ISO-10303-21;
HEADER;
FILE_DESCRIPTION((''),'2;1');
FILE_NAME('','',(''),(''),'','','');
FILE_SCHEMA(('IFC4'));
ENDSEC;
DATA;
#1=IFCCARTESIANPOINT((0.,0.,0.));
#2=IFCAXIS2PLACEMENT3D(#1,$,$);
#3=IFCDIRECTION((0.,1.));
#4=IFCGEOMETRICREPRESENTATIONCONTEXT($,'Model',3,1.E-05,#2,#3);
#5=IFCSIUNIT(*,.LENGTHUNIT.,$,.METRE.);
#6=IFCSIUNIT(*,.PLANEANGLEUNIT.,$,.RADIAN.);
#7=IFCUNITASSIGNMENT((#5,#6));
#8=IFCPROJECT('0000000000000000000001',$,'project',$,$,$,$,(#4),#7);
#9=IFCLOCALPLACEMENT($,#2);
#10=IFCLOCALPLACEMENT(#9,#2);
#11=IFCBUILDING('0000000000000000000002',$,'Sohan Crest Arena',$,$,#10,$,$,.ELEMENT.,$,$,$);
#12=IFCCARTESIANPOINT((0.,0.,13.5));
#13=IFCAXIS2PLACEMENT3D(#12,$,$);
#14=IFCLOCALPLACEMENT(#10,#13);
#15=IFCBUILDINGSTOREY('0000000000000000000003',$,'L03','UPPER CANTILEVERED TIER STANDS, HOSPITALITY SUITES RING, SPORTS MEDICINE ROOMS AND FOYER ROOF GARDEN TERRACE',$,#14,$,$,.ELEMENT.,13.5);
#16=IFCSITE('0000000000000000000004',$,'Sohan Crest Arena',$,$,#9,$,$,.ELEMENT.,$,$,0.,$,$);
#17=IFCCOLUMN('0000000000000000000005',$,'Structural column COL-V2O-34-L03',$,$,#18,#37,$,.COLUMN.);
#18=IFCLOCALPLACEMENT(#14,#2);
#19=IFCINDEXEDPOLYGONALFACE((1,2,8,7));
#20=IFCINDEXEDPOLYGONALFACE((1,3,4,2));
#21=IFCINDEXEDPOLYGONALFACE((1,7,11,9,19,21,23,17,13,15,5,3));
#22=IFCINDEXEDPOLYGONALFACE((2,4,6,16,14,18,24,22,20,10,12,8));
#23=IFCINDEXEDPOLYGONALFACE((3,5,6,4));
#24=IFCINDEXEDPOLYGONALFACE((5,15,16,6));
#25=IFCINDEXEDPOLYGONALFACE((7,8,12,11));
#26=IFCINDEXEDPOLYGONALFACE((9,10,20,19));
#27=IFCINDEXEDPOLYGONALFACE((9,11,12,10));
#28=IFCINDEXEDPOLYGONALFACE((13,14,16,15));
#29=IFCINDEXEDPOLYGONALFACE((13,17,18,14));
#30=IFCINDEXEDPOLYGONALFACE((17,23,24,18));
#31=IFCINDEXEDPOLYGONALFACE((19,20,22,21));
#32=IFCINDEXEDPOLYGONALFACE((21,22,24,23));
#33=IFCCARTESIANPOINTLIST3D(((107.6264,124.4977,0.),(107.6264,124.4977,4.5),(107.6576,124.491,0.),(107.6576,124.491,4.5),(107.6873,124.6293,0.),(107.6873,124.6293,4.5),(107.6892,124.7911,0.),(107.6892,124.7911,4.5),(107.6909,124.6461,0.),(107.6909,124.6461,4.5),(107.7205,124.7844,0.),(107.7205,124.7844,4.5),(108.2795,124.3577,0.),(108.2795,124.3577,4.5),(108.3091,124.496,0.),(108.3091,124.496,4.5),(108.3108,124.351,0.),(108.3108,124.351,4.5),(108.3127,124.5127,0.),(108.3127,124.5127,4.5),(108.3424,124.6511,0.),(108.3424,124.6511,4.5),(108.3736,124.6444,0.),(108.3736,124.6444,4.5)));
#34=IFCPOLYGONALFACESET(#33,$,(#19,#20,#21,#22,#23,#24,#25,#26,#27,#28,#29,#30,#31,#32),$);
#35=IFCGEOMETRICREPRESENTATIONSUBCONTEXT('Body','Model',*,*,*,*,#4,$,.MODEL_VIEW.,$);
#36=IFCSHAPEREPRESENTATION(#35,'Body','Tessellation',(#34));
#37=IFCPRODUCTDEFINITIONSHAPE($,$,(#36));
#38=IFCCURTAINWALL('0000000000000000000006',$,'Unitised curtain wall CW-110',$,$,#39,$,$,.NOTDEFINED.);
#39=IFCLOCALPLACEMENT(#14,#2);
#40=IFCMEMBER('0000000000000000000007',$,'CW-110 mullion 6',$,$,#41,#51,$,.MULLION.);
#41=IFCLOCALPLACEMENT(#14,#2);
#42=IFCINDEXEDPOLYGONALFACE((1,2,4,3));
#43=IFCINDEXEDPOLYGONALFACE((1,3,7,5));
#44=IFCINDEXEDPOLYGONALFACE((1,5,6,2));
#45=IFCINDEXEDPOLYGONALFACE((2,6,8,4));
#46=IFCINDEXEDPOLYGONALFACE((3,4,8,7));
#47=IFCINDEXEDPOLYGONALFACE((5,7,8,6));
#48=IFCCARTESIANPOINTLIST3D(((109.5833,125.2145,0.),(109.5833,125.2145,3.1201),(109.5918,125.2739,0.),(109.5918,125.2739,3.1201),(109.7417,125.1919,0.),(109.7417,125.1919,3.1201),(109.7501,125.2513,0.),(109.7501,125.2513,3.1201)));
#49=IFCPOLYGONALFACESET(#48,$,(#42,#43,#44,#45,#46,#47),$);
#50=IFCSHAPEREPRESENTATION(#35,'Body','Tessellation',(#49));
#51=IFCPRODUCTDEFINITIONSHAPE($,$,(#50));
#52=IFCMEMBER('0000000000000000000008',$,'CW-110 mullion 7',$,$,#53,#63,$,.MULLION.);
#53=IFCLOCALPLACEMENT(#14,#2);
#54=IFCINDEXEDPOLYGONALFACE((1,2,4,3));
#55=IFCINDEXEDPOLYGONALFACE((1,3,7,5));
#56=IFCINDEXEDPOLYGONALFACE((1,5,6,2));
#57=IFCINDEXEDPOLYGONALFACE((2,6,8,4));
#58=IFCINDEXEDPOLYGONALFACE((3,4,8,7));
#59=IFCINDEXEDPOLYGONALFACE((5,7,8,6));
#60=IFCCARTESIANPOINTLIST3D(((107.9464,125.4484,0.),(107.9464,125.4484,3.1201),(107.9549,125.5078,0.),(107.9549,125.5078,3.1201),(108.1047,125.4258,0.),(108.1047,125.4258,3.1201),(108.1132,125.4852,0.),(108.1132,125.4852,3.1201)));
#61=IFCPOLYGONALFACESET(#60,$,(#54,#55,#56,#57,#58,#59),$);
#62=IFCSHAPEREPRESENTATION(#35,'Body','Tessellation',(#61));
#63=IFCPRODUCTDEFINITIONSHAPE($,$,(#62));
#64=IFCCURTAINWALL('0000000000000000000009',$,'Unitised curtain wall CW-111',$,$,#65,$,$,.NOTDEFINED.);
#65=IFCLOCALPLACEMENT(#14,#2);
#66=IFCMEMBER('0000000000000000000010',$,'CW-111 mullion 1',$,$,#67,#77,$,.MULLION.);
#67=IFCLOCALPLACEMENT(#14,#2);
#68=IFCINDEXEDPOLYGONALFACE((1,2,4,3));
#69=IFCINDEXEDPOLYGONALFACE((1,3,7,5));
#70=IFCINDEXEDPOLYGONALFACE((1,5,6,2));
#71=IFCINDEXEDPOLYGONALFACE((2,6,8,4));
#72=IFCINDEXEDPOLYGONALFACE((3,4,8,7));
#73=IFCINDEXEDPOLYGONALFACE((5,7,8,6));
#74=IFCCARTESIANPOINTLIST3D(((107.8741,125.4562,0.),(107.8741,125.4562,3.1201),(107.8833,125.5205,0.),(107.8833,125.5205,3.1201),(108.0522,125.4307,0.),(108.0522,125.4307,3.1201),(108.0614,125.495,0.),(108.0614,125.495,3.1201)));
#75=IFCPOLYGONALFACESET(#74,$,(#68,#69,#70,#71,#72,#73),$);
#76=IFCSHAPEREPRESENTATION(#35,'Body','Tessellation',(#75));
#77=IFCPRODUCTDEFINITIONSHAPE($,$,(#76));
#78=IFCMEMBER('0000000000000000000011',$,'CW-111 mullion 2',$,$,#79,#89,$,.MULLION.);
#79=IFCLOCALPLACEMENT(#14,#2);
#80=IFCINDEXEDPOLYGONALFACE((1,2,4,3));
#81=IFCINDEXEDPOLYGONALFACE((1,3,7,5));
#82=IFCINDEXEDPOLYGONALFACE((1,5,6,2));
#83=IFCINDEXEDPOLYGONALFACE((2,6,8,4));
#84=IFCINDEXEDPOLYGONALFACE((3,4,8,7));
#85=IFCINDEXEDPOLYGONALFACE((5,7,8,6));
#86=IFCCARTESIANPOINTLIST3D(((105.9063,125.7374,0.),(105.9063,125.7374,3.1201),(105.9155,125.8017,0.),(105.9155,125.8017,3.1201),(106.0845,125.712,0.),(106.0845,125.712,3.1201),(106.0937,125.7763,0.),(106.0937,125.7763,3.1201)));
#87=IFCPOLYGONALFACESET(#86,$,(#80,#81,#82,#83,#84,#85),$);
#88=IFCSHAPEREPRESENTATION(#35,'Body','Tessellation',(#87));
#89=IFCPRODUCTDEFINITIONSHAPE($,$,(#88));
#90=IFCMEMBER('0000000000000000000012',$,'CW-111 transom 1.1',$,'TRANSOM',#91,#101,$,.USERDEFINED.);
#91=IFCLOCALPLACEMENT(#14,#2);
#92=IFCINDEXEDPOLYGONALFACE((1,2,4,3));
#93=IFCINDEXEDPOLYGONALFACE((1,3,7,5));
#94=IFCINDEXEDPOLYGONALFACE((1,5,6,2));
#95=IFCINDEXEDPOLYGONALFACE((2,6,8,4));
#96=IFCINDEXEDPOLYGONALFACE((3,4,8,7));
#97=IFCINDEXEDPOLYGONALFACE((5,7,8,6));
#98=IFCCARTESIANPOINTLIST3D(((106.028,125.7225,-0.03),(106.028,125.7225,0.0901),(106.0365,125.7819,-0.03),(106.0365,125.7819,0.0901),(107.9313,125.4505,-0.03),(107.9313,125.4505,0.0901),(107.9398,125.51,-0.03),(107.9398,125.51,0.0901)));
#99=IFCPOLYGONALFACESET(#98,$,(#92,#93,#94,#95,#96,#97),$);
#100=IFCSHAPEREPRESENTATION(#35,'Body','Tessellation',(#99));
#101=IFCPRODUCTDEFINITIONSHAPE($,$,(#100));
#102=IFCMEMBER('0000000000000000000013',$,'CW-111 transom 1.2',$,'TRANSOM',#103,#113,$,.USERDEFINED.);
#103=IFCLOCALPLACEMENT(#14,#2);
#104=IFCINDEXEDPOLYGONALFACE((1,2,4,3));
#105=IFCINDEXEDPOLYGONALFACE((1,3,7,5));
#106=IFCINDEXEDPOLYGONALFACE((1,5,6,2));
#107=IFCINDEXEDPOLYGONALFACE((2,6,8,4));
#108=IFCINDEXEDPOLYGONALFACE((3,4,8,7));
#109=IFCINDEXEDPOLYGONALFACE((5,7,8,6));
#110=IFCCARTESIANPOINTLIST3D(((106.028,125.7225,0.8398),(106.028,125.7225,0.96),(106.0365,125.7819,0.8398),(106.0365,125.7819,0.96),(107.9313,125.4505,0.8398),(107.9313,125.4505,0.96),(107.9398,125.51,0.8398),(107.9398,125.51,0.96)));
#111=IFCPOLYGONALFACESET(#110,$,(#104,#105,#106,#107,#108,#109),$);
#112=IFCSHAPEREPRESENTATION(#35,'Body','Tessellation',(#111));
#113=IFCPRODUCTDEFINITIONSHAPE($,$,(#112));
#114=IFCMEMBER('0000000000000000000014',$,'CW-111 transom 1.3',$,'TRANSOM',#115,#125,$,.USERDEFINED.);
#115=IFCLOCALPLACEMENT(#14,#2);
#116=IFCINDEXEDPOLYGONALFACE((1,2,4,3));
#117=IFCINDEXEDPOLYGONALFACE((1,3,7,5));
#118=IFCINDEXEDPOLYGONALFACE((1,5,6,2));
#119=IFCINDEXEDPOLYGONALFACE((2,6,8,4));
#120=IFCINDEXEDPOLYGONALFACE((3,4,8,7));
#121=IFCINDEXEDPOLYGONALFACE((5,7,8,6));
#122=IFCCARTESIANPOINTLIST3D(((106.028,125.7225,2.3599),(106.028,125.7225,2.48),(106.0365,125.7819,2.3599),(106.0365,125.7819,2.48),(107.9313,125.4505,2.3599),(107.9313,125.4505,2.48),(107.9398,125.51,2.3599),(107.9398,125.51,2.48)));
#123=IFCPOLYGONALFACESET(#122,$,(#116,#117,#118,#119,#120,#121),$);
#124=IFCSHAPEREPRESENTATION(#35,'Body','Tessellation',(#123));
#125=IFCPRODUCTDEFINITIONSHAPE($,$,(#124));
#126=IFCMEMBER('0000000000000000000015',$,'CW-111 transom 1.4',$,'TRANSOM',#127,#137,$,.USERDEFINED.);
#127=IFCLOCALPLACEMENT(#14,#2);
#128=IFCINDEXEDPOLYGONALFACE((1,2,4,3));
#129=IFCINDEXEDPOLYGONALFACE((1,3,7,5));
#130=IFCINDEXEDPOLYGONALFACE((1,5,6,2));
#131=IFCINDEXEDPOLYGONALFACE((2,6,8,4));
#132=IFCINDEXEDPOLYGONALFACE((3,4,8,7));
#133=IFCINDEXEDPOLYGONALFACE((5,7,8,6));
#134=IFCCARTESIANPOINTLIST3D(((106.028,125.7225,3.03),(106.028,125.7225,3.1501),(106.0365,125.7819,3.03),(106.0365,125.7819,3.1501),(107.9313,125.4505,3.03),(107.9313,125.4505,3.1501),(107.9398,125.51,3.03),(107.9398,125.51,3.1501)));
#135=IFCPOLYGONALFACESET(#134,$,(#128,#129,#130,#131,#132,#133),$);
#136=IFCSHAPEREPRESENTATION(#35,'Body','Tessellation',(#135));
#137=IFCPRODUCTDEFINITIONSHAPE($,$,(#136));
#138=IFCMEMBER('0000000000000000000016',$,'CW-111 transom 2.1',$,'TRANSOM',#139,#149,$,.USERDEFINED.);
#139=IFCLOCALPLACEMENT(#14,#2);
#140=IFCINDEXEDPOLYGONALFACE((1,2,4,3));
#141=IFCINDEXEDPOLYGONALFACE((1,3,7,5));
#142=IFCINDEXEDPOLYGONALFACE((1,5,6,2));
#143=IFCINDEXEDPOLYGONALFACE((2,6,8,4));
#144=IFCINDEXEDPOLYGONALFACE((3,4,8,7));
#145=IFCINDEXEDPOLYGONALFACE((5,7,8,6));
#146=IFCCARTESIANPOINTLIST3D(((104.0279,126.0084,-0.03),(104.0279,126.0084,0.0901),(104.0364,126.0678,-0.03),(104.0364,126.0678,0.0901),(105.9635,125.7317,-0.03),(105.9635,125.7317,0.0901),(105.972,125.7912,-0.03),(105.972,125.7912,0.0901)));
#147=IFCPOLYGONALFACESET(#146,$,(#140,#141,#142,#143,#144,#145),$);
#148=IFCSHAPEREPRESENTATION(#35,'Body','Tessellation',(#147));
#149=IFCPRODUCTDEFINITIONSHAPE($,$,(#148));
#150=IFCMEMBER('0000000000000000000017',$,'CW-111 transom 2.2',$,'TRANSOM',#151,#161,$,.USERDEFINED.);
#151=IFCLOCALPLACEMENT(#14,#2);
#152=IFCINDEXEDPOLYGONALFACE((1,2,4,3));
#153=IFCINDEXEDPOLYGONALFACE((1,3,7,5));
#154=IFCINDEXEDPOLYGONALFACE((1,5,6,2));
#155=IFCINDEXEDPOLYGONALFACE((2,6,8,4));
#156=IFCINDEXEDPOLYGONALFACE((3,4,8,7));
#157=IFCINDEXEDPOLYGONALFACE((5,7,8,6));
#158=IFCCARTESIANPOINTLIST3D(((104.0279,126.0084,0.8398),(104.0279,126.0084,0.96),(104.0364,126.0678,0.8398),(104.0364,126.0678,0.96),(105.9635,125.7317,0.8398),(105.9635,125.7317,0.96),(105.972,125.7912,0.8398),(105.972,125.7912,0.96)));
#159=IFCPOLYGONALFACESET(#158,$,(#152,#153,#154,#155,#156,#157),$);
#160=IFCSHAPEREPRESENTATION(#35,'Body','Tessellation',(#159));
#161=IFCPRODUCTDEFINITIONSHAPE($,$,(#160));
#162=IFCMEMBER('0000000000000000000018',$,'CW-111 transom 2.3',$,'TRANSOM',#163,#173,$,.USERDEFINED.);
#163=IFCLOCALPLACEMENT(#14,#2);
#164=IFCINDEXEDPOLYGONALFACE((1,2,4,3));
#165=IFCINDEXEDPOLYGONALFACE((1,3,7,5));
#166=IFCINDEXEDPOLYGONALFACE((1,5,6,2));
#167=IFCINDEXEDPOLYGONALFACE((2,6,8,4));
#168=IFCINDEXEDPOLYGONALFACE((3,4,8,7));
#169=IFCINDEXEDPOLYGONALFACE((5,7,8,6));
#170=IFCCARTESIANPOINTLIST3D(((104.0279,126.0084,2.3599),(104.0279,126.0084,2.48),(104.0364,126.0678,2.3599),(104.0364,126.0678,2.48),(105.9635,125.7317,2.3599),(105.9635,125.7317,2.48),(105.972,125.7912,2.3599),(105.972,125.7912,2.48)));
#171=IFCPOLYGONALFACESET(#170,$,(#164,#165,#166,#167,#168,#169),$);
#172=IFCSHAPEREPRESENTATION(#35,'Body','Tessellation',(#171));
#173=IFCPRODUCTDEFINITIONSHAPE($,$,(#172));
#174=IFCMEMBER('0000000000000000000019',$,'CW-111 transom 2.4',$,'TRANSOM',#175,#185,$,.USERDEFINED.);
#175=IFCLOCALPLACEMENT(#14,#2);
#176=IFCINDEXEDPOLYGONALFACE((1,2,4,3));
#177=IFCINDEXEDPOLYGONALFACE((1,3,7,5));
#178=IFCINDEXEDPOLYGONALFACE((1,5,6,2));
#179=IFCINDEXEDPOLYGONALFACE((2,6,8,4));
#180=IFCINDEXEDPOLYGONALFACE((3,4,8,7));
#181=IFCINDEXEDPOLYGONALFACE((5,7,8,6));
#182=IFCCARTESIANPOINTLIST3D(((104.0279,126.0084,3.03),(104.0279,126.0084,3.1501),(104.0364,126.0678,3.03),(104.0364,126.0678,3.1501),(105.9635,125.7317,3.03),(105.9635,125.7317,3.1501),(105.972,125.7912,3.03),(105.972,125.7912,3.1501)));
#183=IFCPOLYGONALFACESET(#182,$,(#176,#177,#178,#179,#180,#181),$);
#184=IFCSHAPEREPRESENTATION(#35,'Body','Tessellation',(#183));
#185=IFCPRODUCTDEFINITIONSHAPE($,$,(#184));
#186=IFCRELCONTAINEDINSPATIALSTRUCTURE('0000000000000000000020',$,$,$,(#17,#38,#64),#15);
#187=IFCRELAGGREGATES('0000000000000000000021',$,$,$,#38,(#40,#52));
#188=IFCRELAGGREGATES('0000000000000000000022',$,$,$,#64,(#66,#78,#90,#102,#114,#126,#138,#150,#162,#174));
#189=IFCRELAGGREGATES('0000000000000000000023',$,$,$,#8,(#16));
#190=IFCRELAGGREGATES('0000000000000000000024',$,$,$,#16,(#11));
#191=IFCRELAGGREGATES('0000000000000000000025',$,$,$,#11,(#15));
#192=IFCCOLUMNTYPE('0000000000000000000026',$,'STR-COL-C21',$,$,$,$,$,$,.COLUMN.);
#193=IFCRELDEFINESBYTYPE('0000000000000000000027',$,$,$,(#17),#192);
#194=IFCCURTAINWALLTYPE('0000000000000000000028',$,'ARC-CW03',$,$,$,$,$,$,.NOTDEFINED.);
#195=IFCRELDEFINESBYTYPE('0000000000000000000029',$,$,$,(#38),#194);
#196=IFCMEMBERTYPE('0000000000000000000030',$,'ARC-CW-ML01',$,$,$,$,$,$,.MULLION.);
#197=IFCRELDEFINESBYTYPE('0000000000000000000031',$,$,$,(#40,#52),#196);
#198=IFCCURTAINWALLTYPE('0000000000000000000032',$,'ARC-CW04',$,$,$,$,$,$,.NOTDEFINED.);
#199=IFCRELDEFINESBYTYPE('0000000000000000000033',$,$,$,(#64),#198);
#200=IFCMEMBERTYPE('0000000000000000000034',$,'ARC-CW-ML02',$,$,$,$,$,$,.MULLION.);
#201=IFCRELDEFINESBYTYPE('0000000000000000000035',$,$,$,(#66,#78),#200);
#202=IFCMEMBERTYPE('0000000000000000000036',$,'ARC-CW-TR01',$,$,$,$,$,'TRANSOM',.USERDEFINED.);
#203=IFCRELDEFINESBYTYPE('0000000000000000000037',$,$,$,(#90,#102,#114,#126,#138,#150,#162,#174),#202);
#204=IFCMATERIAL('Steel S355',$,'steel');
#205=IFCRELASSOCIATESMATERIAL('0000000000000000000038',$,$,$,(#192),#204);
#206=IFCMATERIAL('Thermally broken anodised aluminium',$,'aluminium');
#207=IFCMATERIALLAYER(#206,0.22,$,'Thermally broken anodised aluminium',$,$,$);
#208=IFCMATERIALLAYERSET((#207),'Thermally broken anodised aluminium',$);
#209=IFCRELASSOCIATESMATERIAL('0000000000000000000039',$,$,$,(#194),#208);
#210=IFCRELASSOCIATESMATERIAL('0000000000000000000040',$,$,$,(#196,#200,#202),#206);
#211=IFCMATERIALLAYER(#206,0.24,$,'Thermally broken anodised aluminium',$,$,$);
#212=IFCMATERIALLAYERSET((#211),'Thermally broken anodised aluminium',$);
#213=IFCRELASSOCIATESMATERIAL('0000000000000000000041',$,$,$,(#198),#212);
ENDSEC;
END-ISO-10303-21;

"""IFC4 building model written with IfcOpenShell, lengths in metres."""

from ifc_helpers import new_model, si_unit, direction, frame, origin, origin_2d, place, context, subcontext, project, spatial, rectangle, i_section, extrude, material, layer, layer_set, material_profile, profile_set, type_object, element, aggregate, save


model = new_model("IFC4")

# Units and contexts
model_context = context("Model", 3, precision=1e-05, world=origin(), true_north=direction((0.0, 1.0)))
body_context = subcontext(model_context, "Body", "Model", "MODEL_VIEW")
ifc_project = project(units=[si_unit("LENGTHUNIT", "METRE"), si_unit("PLANEANGLEUNIT", "RADIAN")], contexts=[model_context])

# Site, building, storey
site_placement = place(None, origin())
site = spatial("IfcSite", under=ifc_project, at=site_placement, Name="Sohan Crest Arena", CompositionType="ELEMENT", RefElevation=0.0)
building_placement = place(site_placement, origin())
building = spatial("IfcBuilding", under=site, at=building_placement, Name="Sohan Crest Arena", CompositionType="ELEMENT")
storey_placement = place(building_placement, frame((0.0, 0.0, 13.5)))
storey = spatial("IfcBuildingStorey", under=building, at=storey_placement, Name="L03", Description="UPPER CANTILEVERED TIER STANDS, HOSPITALITY SUITES RING, SPORTS MEDICINE ROOMS AND FOYER ROOF GARDEN TERRACE", CompositionType="ELEMENT", Elevation=13.5)

# Column
ifc_material_1 = material(Name="Steel S355", Category="steel")
ifc_material_profile_1 = material_profile(ifc_material_1, i_section(OverallWidth=0.3, OverallDepth=0.7, WebThickness=0.0171, FlangeThickness=0.032, at=origin_2d()), Name="HEB 700")
ifc_profile_set_1 = profile_set([ifc_material_profile_1], Name="Steel S355")
column_type = type_object("IfcColumnType", Name="STR-COL-C21", PredefinedType="COLUMN", material=ifc_profile_set_1)
column_placement = place(storey_placement, frame((108.0, 124.571, 0.0), z_axis=(0.0, 0.0, 1.0), x_axis=(0.209619, 0.977783, 0.0)))
element("IfcColumn", 1, at=column_placement, inside=storey, type_object=column_type, Name="Structural column COL-V2O-34-L03", PredefinedType="COLUMN", context=body_context, shape_type="SweptSolid", body=[
    extrude(i_section(OverallWidth=0.3, OverallDepth=0.7, WebThickness=0.0171, FlangeThickness=0.032, at=origin_2d()), origin(), (0.0, 0.0, 1.0), 4.5),
])

# Curtain walls, members
ifc_material_2 = material(Name="Thermally broken anodised aluminium", Category="aluminium")
ifc_layer_1 = layer(ifc_material_2, 0.22, Name="Thermally broken anodised aluminium")
ifc_layer_set_1 = layer_set([ifc_layer_1], Name="Thermally broken anodised aluminium")
curtain_wall_type_1 = type_object("IfcCurtainWallType", Name="ARC-CW03", PredefinedType="NOTDEFINED", material=ifc_layer_set_1)
curtain_wall_1_placement = place(storey_placement, origin())
curtain_wall_1 = element("IfcCurtainWall", 2, at=curtain_wall_1_placement, inside=storey, type_object=curtain_wall_type_1, Name="Unitised curtain wall CW-110", PredefinedType="NOTDEFINED")
ifc_material_profile_2 = material_profile(ifc_material_2, rectangle(XDim=0.0601, YDim=0.1599, at=origin_2d()), Name="ALU-MULL 60x160")
ifc_profile_set_2 = profile_set([ifc_material_profile_2], Name="Thermally broken anodised aluminium")
member_type_1 = type_object("IfcMemberType", Name="ARC-CW-ML01", PredefinedType="MULLION", material=ifc_profile_set_2)
member_1_placement = place(storey_placement, frame((109.6667, 125.2329, 0.0), z_axis=(0.0, 0.0, 1.0), x_axis=(-0.141366, -0.989957, 0.0)))
member_1 = element("IfcMember", 3, at=member_1_placement, type_object=member_type_1, Name="CW-110 mullion 6", PredefinedType="MULLION", context=body_context, shape_type="SweptSolid", body=[
    extrude(rectangle(XDim=0.0601, YDim=0.1599, at=origin_2d()), origin(), (0.0, 0.0, 1.0), 3.1201),
])
member_2_placement = place(storey_placement, frame((108.0298, 125.4668, 0.0), z_axis=(0.0, 0.0, 1.0), x_axis=(-0.141366, -0.989957, 0.0)))
member_2 = element("IfcMember", 4, at=member_2_placement, type_object=member_type_1, Name="CW-110 mullion 7", PredefinedType="MULLION", context=body_context, shape_type="SweptSolid", body=[
    extrude(rectangle(XDim=0.0601, YDim=0.1599, at=origin_2d()), origin(), (0.0, 0.0, 1.0), 3.1201),
])
ifc_layer_2 = layer(ifc_material_2, 0.24, Name="Thermally broken anodised aluminium")
ifc_layer_set_2 = layer_set([ifc_layer_2], Name="Thermally broken anodised aluminium")
curtain_wall_type_2 = type_object("IfcCurtainWallType", Name="ARC-CW04", PredefinedType="NOTDEFINED", material=ifc_layer_set_2)
curtain_wall_2_placement = place(storey_placement, origin())
curtain_wall_2 = element("IfcCurtainWall", 5, at=curtain_wall_2_placement, inside=storey, type_object=curtain_wall_type_2, Name="Unitised curtain wall CW-111", PredefinedType="NOTDEFINED")
ifc_material_profile_3 = material_profile(ifc_material_2, rectangle(XDim=0.0649, YDim=0.1799, at=origin_2d()), Name="ALU-MULL 65x180")
ifc_profile_set_3 = profile_set([ifc_material_profile_3], Name="Thermally broken anodised aluminium")
member_type_2 = type_object("IfcMemberType", Name="ARC-CW-ML02", PredefinedType="MULLION", material=ifc_profile_set_3)
member_3_placement = place(storey_placement, frame((107.9678, 125.4756, 0.0), z_axis=(0.0, 0.0, 1.0), x_axis=(-0.141463, -0.989944, 0.0)))
member_3 = element("IfcMember", 6, at=member_3_placement, type_object=member_type_2, Name="CW-111 mullion 1", PredefinedType="MULLION", context=body_context, shape_type="SweptSolid", body=[
    extrude(rectangle(XDim=0.0649, YDim=0.1799, at=origin_2d()), origin(), (0.0, 0.0, 1.0), 3.1201),
])
member_4_placement = place(storey_placement, frame((106.0, 125.7568, 0.0), z_axis=(0.0, 0.0, 1.0), x_axis=(-0.141463, -0.989944, 0.0)))
member_4 = element("IfcMember", 7, at=member_4_placement, type_object=member_type_2, Name="CW-111 mullion 2", PredefinedType="MULLION", context=body_context, shape_type="SweptSolid", body=[
    extrude(rectangle(XDim=0.0649, YDim=0.1799, at=origin_2d()), origin(), (0.0, 0.0, 1.0), 3.1201),
])
ifc_material_profile_4 = material_profile(ifc_material_2, rectangle(XDim=0.0601, YDim=0.1201, at=origin_2d()), Name="ALU-TRAN 60x120")
ifc_profile_set_4 = profile_set([ifc_material_profile_4], Name="Thermally broken anodised aluminium")
member_type_3 = type_object("IfcMemberType", Name="ARC-CW-TR01", ElementType="TRANSOM", PredefinedType="USERDEFINED", material=ifc_profile_set_4)
member_5_placement = place(storey_placement, frame((107.9355, 125.4802, 0.03), z_axis=(-0.989944, 0.141457, 0.0), x_axis=(-0.141457, -0.989944, 0.0)))
member_5 = element("IfcMember", 8, at=member_5_placement, type_object=member_type_3, Name="CW-111 transom 1.1", ObjectType="TRANSOM", PredefinedType="USERDEFINED", context=body_context, shape_type="SweptSolid", body=[
    extrude(rectangle(XDim=0.0601, YDim=0.1201, at=origin_2d()), origin(), (0.0, 0.0, 1.0), 1.9226),
])
member_6_placement = place(storey_placement, frame((107.9355, 125.4802, 0.8999), z_axis=(-0.989944, 0.141457, 0.0), x_axis=(-0.141457, -0.989944, 0.0)))
member_6 = element("IfcMember", 9, at=member_6_placement, type_object=member_type_3, Name="CW-111 transom 1.2", ObjectType="TRANSOM", PredefinedType="USERDEFINED", context=body_context, shape_type="SweptSolid", body=[
    extrude(rectangle(XDim=0.0601, YDim=0.1201, at=origin_2d()), origin(), (0.0, 0.0, 1.0), 1.9226),
])
member_7_placement = place(storey_placement, frame((107.9355, 125.4802, 2.4199), z_axis=(-0.989944, 0.141457, 0.0), x_axis=(-0.141457, -0.989944, 0.0)))
member_7 = element("IfcMember", 10, at=member_7_placement, type_object=member_type_3, Name="CW-111 transom 1.3", ObjectType="TRANSOM", PredefinedType="USERDEFINED", context=body_context, shape_type="SweptSolid", body=[
    extrude(rectangle(XDim=0.0601, YDim=0.1201, at=origin_2d()), origin(), (0.0, 0.0, 1.0), 1.9226),
])
member_8_placement = place(storey_placement, frame((107.9355, 125.4802, 3.0901), z_axis=(-0.989944, 0.141457, 0.0), x_axis=(-0.141457, -0.989944, 0.0)))
member_8 = element("IfcMember", 11, at=member_8_placement, type_object=member_type_3, Name="CW-111 transom 1.4", ObjectType="TRANSOM", PredefinedType="USERDEFINED", context=body_context, shape_type="SweptSolid", body=[
    extrude(rectangle(XDim=0.0601, YDim=0.1201, at=origin_2d()), origin(), (0.0, 0.0, 1.0), 1.9226),
])
member_9_placement = place(storey_placement, frame((105.9678, 125.7615, 0.03), z_axis=(-0.989942, 0.141474, 0.0), x_axis=(-0.141474, -0.989942, 0.0)))
member_9 = element("IfcMember", 12, at=member_9_placement, type_object=member_type_3, Name="CW-111 transom 2.1", ObjectType="TRANSOM", PredefinedType="USERDEFINED", context=body_context, shape_type="SweptSolid", body=[
    extrude(rectangle(XDim=0.0601, YDim=0.1201, at=origin_2d()), origin(), (0.0, 0.0, 1.0), 1.9553),
])
member_10_placement = place(storey_placement, frame((105.9678, 125.7615, 0.8999), z_axis=(-0.989942, 0.141474, 0.0), x_axis=(-0.141474, -0.989942, 0.0)))
member_10 = element("IfcMember", 13, at=member_10_placement, type_object=member_type_3, Name="CW-111 transom 2.2", ObjectType="TRANSOM", PredefinedType="USERDEFINED", context=body_context, shape_type="SweptSolid", body=[
    extrude(rectangle(XDim=0.0601, YDim=0.1201, at=origin_2d()), origin(), (0.0, 0.0, 1.0), 1.9553),
])
member_11_placement = place(storey_placement, frame((105.9678, 125.7615, 2.4199), z_axis=(-0.989942, 0.141474, 0.0), x_axis=(-0.141474, -0.989942, 0.0)))
member_11 = element("IfcMember", 14, at=member_11_placement, type_object=member_type_3, Name="CW-111 transom 2.3", ObjectType="TRANSOM", PredefinedType="USERDEFINED", context=body_context, shape_type="SweptSolid", body=[
    extrude(rectangle(XDim=0.0601, YDim=0.1201, at=origin_2d()), origin(), (0.0, 0.0, 1.0), 1.9553),
])
member_12_placement = place(storey_placement, frame((105.9678, 125.7615, 3.0901), z_axis=(-0.989942, 0.141474, 0.0), x_axis=(-0.141474, -0.989942, 0.0)))
member_12 = element("IfcMember", 15, at=member_12_placement, type_object=member_type_3, Name="CW-111 transom 2.4", ObjectType="TRANSOM", PredefinedType="USERDEFINED", context=body_context, shape_type="SweptSolid", body=[
    extrude(rectangle(XDim=0.0601, YDim=0.1201, at=origin_2d()), origin(), (0.0, 0.0, 1.0), 1.9553),
])

aggregate(curtain_wall_1, [member_1, member_2])
aggregate(curtain_wall_2, [member_3, member_4, member_5, member_6, member_7, member_8, member_9, member_10, member_11, member_12])

save(model, "model.ifc")
